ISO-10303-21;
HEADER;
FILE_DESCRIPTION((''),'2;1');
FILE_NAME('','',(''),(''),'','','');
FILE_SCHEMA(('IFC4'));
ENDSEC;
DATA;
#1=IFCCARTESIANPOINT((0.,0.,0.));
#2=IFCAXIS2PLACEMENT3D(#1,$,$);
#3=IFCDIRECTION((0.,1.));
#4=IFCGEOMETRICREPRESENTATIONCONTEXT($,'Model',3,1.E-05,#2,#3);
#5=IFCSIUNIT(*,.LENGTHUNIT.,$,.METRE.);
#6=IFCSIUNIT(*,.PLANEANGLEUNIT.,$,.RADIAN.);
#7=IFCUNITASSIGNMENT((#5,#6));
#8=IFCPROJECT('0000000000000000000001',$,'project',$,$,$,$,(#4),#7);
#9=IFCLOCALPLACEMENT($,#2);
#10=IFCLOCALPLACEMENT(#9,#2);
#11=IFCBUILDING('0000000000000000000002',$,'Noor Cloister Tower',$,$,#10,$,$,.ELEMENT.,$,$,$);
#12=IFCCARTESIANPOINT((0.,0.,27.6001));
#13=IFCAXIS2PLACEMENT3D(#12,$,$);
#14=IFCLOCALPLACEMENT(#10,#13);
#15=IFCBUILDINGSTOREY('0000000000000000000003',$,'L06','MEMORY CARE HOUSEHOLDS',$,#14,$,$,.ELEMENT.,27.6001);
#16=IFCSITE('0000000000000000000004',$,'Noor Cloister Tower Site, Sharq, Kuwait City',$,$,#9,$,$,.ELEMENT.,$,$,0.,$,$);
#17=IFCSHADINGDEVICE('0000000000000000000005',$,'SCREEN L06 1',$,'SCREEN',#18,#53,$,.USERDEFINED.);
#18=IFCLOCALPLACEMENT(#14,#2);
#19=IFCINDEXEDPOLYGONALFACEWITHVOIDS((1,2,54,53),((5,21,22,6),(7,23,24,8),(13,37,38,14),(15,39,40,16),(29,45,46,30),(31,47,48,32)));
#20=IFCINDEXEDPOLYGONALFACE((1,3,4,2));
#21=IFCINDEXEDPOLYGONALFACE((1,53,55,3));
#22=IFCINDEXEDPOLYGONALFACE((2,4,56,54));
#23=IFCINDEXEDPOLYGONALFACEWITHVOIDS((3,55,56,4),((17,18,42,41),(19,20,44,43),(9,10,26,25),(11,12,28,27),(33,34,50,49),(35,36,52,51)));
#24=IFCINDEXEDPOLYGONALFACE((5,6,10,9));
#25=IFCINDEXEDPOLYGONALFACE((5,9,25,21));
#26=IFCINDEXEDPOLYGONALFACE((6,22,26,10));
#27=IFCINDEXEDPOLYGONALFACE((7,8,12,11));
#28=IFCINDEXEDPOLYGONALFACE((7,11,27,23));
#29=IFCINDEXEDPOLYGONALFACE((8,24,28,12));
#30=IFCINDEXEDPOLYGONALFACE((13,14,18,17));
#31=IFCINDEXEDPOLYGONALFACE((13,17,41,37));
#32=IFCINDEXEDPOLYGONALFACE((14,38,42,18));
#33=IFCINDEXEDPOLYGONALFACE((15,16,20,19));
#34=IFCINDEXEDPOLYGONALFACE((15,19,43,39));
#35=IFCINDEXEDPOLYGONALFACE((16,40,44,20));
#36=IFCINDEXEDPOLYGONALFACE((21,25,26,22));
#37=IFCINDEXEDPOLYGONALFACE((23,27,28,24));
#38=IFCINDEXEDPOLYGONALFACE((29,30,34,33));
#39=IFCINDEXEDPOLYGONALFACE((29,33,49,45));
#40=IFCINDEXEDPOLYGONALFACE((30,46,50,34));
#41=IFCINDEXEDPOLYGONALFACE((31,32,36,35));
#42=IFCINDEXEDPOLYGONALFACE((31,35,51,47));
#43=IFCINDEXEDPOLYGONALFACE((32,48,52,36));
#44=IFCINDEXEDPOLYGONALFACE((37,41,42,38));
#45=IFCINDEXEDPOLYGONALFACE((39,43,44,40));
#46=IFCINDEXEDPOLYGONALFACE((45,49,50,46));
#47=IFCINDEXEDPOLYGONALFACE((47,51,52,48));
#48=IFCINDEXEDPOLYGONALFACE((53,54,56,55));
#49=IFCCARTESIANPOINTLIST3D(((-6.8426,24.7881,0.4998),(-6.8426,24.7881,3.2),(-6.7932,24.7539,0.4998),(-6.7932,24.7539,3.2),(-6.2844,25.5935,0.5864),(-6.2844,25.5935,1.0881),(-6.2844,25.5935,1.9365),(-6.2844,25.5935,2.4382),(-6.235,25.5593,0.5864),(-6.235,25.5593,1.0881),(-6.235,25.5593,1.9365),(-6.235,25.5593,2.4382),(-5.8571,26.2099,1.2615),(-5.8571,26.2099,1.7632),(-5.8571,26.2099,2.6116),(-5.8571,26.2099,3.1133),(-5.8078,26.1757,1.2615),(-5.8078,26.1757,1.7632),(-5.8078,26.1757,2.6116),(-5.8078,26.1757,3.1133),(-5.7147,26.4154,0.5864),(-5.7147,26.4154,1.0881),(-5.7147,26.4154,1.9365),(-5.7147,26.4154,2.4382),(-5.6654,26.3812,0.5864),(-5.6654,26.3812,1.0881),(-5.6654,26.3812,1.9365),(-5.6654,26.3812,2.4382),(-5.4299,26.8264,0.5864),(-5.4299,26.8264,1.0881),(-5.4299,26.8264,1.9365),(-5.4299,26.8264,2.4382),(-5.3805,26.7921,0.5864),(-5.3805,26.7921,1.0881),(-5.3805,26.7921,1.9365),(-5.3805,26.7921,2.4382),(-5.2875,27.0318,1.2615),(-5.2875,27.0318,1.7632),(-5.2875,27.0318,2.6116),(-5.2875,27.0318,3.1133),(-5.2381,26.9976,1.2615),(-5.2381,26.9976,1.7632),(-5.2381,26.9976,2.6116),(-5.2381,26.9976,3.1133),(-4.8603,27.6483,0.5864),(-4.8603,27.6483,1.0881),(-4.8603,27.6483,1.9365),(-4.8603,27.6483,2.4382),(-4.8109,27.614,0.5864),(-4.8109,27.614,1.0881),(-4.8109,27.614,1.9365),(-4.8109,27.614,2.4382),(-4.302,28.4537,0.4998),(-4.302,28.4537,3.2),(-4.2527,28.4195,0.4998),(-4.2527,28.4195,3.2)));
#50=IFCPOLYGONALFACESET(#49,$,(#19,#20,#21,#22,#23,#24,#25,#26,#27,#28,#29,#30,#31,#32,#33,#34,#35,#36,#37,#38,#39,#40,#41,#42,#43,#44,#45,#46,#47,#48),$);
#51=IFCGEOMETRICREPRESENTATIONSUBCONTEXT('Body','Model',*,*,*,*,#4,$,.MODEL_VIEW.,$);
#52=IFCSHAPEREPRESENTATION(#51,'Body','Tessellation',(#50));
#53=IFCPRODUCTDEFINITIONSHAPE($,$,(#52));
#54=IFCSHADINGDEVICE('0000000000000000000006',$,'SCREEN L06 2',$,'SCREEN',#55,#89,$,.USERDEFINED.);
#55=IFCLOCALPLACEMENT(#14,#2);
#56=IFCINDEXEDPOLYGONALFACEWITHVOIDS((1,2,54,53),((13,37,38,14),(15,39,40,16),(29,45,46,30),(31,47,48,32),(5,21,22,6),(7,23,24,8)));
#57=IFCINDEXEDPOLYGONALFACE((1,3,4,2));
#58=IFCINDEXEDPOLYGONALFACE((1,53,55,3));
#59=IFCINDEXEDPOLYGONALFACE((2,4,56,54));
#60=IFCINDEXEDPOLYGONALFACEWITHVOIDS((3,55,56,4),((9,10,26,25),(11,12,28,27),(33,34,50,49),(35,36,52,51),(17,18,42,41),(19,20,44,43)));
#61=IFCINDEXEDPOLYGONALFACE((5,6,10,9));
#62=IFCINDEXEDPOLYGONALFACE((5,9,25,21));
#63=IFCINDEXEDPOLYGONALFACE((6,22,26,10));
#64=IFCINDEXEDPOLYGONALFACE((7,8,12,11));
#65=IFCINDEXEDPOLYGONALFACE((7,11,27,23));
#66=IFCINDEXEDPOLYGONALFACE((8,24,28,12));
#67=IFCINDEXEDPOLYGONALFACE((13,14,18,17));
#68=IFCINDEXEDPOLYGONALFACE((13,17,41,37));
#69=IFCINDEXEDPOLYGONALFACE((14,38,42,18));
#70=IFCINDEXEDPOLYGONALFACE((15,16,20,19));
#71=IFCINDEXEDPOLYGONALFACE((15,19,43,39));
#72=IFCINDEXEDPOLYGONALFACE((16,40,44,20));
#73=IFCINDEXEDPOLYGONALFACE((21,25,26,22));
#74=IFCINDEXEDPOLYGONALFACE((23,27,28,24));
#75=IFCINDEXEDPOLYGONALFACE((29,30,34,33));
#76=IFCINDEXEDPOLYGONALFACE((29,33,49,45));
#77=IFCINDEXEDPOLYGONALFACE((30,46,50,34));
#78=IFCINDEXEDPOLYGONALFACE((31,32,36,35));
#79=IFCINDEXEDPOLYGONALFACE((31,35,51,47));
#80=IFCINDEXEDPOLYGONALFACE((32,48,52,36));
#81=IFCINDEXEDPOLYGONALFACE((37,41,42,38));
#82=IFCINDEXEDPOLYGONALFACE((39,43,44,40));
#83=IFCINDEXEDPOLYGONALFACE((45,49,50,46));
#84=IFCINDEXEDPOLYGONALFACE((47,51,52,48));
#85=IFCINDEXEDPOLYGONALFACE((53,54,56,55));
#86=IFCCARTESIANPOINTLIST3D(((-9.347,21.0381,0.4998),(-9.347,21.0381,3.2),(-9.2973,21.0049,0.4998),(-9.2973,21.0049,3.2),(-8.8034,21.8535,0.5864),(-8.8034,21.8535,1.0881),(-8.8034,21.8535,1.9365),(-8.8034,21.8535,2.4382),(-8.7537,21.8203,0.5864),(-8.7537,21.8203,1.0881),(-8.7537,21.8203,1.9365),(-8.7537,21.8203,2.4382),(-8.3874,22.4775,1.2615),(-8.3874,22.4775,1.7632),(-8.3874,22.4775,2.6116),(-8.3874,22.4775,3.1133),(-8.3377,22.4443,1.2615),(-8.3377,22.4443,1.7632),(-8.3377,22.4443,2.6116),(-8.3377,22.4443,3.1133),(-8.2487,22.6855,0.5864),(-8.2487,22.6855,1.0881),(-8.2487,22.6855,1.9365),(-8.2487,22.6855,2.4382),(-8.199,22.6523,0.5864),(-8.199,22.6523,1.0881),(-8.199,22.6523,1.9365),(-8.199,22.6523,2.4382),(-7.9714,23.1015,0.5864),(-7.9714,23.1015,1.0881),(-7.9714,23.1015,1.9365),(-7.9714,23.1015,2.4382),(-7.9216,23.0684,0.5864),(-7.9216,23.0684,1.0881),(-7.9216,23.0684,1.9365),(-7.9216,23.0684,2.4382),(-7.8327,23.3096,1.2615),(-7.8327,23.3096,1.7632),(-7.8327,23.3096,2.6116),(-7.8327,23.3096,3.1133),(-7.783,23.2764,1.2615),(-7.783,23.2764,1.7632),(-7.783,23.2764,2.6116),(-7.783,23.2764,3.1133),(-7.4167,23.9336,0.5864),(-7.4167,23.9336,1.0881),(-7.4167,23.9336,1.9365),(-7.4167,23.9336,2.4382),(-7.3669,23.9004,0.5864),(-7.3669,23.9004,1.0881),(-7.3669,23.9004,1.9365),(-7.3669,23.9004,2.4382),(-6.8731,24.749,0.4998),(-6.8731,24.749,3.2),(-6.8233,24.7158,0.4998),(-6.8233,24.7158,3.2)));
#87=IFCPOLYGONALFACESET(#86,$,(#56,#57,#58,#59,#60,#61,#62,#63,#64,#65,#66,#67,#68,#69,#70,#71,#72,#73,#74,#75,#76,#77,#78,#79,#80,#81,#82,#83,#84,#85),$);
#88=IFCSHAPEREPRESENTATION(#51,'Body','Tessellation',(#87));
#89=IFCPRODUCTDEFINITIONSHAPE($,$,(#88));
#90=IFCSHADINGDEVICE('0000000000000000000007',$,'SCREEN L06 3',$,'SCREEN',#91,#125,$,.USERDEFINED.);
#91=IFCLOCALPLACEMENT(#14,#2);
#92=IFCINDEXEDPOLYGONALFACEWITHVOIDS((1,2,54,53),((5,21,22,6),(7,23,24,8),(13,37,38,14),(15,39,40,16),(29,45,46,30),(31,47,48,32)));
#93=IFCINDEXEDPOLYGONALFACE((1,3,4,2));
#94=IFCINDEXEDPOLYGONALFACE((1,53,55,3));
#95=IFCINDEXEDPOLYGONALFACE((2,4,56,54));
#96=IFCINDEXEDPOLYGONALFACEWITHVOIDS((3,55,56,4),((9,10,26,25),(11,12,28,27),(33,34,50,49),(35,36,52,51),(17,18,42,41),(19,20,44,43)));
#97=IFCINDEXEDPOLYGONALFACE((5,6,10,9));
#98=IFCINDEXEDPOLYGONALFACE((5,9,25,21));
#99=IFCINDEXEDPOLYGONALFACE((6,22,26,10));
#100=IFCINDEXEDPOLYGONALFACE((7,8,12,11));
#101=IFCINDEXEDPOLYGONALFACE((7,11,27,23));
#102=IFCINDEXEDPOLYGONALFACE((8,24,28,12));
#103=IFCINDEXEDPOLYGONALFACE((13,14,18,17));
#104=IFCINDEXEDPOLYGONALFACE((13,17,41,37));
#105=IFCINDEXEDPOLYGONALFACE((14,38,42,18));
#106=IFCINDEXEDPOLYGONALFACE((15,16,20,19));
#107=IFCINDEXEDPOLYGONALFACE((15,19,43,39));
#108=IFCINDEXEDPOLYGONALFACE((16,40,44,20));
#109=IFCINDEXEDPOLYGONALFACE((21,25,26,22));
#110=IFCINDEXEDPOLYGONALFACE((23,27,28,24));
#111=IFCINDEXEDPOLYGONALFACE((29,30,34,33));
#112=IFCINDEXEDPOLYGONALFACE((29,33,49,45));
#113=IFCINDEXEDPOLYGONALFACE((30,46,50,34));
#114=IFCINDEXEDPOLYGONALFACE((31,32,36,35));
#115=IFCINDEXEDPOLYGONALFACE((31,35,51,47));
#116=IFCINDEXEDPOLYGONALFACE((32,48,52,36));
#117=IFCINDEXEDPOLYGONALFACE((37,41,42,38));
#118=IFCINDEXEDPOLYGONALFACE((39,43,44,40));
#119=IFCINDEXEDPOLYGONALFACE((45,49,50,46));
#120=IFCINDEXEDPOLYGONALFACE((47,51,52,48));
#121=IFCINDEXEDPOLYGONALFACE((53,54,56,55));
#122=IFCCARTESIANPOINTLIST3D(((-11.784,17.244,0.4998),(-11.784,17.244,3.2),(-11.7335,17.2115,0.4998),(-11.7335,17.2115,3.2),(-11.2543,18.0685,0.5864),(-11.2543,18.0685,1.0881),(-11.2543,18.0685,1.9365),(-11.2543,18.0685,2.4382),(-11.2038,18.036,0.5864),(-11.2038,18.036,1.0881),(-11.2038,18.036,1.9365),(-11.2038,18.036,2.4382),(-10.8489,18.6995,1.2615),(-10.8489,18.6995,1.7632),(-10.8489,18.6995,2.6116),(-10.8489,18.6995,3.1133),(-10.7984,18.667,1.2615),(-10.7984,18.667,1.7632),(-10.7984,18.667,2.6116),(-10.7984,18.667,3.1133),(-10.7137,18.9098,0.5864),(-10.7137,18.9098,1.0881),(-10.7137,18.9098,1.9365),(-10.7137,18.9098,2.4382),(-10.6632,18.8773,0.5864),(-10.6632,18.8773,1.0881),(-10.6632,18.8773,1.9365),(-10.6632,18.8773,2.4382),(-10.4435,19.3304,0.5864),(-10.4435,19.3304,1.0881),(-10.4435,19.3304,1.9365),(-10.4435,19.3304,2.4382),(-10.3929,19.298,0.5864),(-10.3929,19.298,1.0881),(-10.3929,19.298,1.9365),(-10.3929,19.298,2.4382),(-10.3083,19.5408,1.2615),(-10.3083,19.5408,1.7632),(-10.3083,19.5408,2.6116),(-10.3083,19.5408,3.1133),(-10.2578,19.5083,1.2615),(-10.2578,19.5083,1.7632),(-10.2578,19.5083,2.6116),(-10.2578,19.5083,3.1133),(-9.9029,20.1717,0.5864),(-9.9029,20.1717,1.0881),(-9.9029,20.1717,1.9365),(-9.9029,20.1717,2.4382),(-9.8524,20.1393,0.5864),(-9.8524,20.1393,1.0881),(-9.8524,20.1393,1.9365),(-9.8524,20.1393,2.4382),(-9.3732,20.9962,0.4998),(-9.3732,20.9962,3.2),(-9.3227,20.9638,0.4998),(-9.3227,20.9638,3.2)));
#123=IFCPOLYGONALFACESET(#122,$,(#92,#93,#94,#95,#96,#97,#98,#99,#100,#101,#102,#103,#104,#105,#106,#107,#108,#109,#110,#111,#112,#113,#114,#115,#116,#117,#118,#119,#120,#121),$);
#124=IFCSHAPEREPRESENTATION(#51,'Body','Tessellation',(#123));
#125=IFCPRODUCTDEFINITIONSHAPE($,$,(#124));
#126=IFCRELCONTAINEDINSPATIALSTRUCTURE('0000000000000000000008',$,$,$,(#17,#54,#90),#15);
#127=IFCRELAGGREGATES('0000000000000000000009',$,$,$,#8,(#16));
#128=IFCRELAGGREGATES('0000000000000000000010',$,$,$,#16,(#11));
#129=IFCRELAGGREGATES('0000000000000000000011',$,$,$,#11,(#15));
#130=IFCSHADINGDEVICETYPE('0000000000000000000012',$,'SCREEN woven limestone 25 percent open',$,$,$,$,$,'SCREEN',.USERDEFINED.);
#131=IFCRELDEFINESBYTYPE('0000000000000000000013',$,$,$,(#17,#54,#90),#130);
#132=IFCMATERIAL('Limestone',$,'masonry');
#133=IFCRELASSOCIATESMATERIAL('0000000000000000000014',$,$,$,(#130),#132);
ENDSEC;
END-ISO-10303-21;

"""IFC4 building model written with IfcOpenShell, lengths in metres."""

from ifc_helpers import new_model, si_unit, direction, frame, origin, place, context, subcontext, project, spatial, polyline, outline, extrude, material, material_profile, profile_set, type_object, element, save


model = new_model("IFC4")

# Units and contexts
model_context = context("Model", 3, precision=1e-05, world=origin(), true_north=direction((0.0, 1.0)))
body_context = subcontext(model_context, "Body", "Model", "MODEL_VIEW")
ifc_project = project(units=[si_unit("LENGTHUNIT", "METRE"), si_unit("PLANEANGLEUNIT", "RADIAN")], contexts=[model_context])

# Site, building, storey
site_placement = place(None, origin())
site = spatial("IfcSite", under=ifc_project, at=site_placement, Name="Noor Cloister Tower Site, Sharq, Kuwait City", CompositionType="ELEMENT", RefElevation=0.0)
building_placement = place(site_placement, origin())
building = spatial("IfcBuilding", under=site, at=building_placement, Name="Noor Cloister Tower", CompositionType="ELEMENT")
storey_placement = place(building_placement, frame((0.0, 0.0, 27.6001)))
storey = spatial("IfcBuildingStorey", under=building, at=storey_placement, Name="L06", Description="MEMORY CARE HOUSEHOLDS", CompositionType="ELEMENT", Elevation=27.6001)

# Shading devices
ifc_material_1 = material(Name="Limestone", Category="masonry")
ifc_material_profile_1 = material_profile(ifc_material_1, outline(polyline([(-2.23, -1.3501), (2.23, -1.3501), (2.23, 1.3501), (-2.23, 1.3501), (-2.23, -1.3501)]), holes=[polyline([(-1.25, -1.2634), (-0.25, -1.2634), (-0.25, -0.7617), (-1.25, -0.7617), (-1.25, -1.2634)]), polyline([(0.25, -1.2634), (1.25, -1.2634), (1.25, -0.7617), (0.25, -0.7617), (0.25, -1.2634)]), polyline([(-0.5, -0.5884), (0.5, -0.5884), (0.5, -0.0867), (-0.5, -0.0867), (-0.5, -0.5884)]), polyline([(-1.25, 0.0867), (-0.25, 0.0867), (-0.25, 0.5884), (-1.25, 0.5884), (-1.25, 0.0867)]), polyline([(0.25, 0.0867), (1.25, 0.0867), (1.25, 0.5884), (0.25, 0.5884), (0.25, 0.0867)]), polyline([(-0.5, 0.7617), (0.5, 0.7617), (0.5, 1.2634), (-0.5, 1.2634), (-0.5, 0.7617)])]), Name="Woven screen 25 percent open")
ifc_profile_set_1 = profile_set([ifc_material_profile_1], Name="Limestone")
shading_device_type = type_object("IfcShadingDeviceType", Name="SCREEN woven limestone 25 percent open", ElementType="SCREEN", PredefinedType="USERDEFINED", material=ifc_profile_set_1)
shading_device_1_placement = place(storey_placement, frame((-5.5229, 26.5867, 1.8499), z_axis=(-0.821899, 0.569633, 0.0), x_axis=(-0.569633, -0.821899, 0.0)))
element("IfcShadingDevice", 1, at=shading_device_1_placement, inside=storey, type_object=shading_device_type, Name="SCREEN L06 1", ObjectType="SCREEN", PredefinedType="USERDEFINED", context=body_context, shape_type="SweptSolid", body=[
    extrude(outline(polyline([(-2.23, -1.3501), (2.23, -1.3501), (2.23, 1.3501), (-2.23, 1.3501), (-2.23, -1.3501)]), holes=[polyline([(-1.25, -1.2634), (-0.25, -1.2634), (-0.25, -0.7617), (-1.25, -0.7617), (-1.25, -1.2634)]), polyline([(0.25, -1.2634), (1.25, -1.2634), (1.25, -0.7617), (0.25, -0.7617), (0.25, -1.2634)]), polyline([(-0.5, -0.5884), (0.5, -0.5884), (0.5, -0.0867), (-0.5, -0.0867), (-0.5, -0.5884)]), polyline([(-1.25, 0.0867), (-0.25, 0.0867), (-0.25, 0.5884), (-1.25, 0.5884), (-1.25, 0.0867)]), polyline([(0.25, 0.0867), (1.25, 0.0867), (1.25, 0.5884), (0.25, 0.5884), (0.25, 0.0867)]), polyline([(-0.5, 0.7617), (0.5, 0.7617), (0.5, 1.2634), (-0.5, 1.2634), (-0.5, 0.7617)])]), origin(), (0.0, 0.0, 1.0), 0.0601),
])
shading_device_2_placement = place(storey_placement, frame((-8.0603, 22.8604, 1.8499), z_axis=(-0.83205, 0.5547, 0.0), x_axis=(-0.5547, -0.83205, 0.0)))
element("IfcShadingDevice", 2, at=shading_device_2_placement, inside=storey, type_object=shading_device_type, Name="SCREEN L06 2", ObjectType="SCREEN", PredefinedType="USERDEFINED", context=body_context, shape_type="SweptSolid", body=[
    extrude(outline(polyline([(-2.23, -1.3501), (2.23, -1.3501), (2.23, 1.3501), (-2.23, 1.3501), (-2.23, -1.3501)]), holes=[polyline([(-1.25, -1.2634), (-0.25, -1.2634), (-0.25, -0.7617), (-1.25, -0.7617), (-1.25, -1.2634)]), polyline([(0.25, -1.2634), (1.25, -1.2634), (1.25, -0.7617), (0.25, -0.7617), (0.25, -1.2634)]), polyline([(-0.5, -0.5884), (0.5, -0.5884), (0.5, -0.0867), (-0.5, -0.0867), (-0.5, -0.5884)]), polyline([(-1.25, 0.0867), (-0.25, 0.0867), (-0.25, 0.5884), (-1.25, 0.5884), (-1.25, 0.0867)]), polyline([(0.25, 0.0867), (1.25, 0.0867), (1.25, 0.5884), (0.25, 0.5884), (0.25, 0.0867)]), polyline([(-0.5, 0.7617), (0.5, 0.7617), (0.5, 1.2634), (-0.5, 1.2634), (-0.5, 0.7617)])]), origin(), (0.0, 0.0, 1.0), 0.0598),
])
shading_device_3_placement = place(storey_placement, frame((-10.5281, 19.0876, 1.8499), z_axis=(-0.841311, 0.540552, 0.0), x_axis=(-0.540552, -0.841311, 0.0)))
element("IfcShadingDevice", 3, at=shading_device_3_placement, inside=storey, type_object=shading_device_type, Name="SCREEN L06 3", ObjectType="SCREEN", PredefinedType="USERDEFINED", context=body_context, shape_type="SweptSolid", body=[
    extrude(outline(polyline([(-2.23, -1.3501), (2.23, -1.3501), (2.23, 1.3501), (-2.23, 1.3501), (-2.23, -1.3501)]), holes=[polyline([(-1.25, -1.2634), (-0.25, -1.2634), (-0.25, -0.7617), (-1.25, -0.7617), (-1.25, -1.2634)]), polyline([(0.25, -1.2634), (1.25, -1.2634), (1.25, -0.7617), (0.25, -0.7617), (0.25, -1.2634)]), polyline([(-0.5, -0.5884), (0.5, -0.5884), (0.5, -0.0867), (-0.5, -0.0867), (-0.5, -0.5884)]), polyline([(-1.25, 0.0867), (-0.25, 0.0867), (-0.25, 0.5884), (-1.25, 0.5884), (-1.25, 0.0867)]), polyline([(0.25, 0.0867), (1.25, 0.0867), (1.25, 0.5884), (0.25, 0.5884), (0.25, 0.0867)]), polyline([(-0.5, 0.7617), (0.5, 0.7617), (0.5, 1.2634), (-0.5, 1.2634), (-0.5, 0.7617)])]), origin(), (0.0, 0.0, 1.0), 0.0601),
])

save(model, "model.ifc")
